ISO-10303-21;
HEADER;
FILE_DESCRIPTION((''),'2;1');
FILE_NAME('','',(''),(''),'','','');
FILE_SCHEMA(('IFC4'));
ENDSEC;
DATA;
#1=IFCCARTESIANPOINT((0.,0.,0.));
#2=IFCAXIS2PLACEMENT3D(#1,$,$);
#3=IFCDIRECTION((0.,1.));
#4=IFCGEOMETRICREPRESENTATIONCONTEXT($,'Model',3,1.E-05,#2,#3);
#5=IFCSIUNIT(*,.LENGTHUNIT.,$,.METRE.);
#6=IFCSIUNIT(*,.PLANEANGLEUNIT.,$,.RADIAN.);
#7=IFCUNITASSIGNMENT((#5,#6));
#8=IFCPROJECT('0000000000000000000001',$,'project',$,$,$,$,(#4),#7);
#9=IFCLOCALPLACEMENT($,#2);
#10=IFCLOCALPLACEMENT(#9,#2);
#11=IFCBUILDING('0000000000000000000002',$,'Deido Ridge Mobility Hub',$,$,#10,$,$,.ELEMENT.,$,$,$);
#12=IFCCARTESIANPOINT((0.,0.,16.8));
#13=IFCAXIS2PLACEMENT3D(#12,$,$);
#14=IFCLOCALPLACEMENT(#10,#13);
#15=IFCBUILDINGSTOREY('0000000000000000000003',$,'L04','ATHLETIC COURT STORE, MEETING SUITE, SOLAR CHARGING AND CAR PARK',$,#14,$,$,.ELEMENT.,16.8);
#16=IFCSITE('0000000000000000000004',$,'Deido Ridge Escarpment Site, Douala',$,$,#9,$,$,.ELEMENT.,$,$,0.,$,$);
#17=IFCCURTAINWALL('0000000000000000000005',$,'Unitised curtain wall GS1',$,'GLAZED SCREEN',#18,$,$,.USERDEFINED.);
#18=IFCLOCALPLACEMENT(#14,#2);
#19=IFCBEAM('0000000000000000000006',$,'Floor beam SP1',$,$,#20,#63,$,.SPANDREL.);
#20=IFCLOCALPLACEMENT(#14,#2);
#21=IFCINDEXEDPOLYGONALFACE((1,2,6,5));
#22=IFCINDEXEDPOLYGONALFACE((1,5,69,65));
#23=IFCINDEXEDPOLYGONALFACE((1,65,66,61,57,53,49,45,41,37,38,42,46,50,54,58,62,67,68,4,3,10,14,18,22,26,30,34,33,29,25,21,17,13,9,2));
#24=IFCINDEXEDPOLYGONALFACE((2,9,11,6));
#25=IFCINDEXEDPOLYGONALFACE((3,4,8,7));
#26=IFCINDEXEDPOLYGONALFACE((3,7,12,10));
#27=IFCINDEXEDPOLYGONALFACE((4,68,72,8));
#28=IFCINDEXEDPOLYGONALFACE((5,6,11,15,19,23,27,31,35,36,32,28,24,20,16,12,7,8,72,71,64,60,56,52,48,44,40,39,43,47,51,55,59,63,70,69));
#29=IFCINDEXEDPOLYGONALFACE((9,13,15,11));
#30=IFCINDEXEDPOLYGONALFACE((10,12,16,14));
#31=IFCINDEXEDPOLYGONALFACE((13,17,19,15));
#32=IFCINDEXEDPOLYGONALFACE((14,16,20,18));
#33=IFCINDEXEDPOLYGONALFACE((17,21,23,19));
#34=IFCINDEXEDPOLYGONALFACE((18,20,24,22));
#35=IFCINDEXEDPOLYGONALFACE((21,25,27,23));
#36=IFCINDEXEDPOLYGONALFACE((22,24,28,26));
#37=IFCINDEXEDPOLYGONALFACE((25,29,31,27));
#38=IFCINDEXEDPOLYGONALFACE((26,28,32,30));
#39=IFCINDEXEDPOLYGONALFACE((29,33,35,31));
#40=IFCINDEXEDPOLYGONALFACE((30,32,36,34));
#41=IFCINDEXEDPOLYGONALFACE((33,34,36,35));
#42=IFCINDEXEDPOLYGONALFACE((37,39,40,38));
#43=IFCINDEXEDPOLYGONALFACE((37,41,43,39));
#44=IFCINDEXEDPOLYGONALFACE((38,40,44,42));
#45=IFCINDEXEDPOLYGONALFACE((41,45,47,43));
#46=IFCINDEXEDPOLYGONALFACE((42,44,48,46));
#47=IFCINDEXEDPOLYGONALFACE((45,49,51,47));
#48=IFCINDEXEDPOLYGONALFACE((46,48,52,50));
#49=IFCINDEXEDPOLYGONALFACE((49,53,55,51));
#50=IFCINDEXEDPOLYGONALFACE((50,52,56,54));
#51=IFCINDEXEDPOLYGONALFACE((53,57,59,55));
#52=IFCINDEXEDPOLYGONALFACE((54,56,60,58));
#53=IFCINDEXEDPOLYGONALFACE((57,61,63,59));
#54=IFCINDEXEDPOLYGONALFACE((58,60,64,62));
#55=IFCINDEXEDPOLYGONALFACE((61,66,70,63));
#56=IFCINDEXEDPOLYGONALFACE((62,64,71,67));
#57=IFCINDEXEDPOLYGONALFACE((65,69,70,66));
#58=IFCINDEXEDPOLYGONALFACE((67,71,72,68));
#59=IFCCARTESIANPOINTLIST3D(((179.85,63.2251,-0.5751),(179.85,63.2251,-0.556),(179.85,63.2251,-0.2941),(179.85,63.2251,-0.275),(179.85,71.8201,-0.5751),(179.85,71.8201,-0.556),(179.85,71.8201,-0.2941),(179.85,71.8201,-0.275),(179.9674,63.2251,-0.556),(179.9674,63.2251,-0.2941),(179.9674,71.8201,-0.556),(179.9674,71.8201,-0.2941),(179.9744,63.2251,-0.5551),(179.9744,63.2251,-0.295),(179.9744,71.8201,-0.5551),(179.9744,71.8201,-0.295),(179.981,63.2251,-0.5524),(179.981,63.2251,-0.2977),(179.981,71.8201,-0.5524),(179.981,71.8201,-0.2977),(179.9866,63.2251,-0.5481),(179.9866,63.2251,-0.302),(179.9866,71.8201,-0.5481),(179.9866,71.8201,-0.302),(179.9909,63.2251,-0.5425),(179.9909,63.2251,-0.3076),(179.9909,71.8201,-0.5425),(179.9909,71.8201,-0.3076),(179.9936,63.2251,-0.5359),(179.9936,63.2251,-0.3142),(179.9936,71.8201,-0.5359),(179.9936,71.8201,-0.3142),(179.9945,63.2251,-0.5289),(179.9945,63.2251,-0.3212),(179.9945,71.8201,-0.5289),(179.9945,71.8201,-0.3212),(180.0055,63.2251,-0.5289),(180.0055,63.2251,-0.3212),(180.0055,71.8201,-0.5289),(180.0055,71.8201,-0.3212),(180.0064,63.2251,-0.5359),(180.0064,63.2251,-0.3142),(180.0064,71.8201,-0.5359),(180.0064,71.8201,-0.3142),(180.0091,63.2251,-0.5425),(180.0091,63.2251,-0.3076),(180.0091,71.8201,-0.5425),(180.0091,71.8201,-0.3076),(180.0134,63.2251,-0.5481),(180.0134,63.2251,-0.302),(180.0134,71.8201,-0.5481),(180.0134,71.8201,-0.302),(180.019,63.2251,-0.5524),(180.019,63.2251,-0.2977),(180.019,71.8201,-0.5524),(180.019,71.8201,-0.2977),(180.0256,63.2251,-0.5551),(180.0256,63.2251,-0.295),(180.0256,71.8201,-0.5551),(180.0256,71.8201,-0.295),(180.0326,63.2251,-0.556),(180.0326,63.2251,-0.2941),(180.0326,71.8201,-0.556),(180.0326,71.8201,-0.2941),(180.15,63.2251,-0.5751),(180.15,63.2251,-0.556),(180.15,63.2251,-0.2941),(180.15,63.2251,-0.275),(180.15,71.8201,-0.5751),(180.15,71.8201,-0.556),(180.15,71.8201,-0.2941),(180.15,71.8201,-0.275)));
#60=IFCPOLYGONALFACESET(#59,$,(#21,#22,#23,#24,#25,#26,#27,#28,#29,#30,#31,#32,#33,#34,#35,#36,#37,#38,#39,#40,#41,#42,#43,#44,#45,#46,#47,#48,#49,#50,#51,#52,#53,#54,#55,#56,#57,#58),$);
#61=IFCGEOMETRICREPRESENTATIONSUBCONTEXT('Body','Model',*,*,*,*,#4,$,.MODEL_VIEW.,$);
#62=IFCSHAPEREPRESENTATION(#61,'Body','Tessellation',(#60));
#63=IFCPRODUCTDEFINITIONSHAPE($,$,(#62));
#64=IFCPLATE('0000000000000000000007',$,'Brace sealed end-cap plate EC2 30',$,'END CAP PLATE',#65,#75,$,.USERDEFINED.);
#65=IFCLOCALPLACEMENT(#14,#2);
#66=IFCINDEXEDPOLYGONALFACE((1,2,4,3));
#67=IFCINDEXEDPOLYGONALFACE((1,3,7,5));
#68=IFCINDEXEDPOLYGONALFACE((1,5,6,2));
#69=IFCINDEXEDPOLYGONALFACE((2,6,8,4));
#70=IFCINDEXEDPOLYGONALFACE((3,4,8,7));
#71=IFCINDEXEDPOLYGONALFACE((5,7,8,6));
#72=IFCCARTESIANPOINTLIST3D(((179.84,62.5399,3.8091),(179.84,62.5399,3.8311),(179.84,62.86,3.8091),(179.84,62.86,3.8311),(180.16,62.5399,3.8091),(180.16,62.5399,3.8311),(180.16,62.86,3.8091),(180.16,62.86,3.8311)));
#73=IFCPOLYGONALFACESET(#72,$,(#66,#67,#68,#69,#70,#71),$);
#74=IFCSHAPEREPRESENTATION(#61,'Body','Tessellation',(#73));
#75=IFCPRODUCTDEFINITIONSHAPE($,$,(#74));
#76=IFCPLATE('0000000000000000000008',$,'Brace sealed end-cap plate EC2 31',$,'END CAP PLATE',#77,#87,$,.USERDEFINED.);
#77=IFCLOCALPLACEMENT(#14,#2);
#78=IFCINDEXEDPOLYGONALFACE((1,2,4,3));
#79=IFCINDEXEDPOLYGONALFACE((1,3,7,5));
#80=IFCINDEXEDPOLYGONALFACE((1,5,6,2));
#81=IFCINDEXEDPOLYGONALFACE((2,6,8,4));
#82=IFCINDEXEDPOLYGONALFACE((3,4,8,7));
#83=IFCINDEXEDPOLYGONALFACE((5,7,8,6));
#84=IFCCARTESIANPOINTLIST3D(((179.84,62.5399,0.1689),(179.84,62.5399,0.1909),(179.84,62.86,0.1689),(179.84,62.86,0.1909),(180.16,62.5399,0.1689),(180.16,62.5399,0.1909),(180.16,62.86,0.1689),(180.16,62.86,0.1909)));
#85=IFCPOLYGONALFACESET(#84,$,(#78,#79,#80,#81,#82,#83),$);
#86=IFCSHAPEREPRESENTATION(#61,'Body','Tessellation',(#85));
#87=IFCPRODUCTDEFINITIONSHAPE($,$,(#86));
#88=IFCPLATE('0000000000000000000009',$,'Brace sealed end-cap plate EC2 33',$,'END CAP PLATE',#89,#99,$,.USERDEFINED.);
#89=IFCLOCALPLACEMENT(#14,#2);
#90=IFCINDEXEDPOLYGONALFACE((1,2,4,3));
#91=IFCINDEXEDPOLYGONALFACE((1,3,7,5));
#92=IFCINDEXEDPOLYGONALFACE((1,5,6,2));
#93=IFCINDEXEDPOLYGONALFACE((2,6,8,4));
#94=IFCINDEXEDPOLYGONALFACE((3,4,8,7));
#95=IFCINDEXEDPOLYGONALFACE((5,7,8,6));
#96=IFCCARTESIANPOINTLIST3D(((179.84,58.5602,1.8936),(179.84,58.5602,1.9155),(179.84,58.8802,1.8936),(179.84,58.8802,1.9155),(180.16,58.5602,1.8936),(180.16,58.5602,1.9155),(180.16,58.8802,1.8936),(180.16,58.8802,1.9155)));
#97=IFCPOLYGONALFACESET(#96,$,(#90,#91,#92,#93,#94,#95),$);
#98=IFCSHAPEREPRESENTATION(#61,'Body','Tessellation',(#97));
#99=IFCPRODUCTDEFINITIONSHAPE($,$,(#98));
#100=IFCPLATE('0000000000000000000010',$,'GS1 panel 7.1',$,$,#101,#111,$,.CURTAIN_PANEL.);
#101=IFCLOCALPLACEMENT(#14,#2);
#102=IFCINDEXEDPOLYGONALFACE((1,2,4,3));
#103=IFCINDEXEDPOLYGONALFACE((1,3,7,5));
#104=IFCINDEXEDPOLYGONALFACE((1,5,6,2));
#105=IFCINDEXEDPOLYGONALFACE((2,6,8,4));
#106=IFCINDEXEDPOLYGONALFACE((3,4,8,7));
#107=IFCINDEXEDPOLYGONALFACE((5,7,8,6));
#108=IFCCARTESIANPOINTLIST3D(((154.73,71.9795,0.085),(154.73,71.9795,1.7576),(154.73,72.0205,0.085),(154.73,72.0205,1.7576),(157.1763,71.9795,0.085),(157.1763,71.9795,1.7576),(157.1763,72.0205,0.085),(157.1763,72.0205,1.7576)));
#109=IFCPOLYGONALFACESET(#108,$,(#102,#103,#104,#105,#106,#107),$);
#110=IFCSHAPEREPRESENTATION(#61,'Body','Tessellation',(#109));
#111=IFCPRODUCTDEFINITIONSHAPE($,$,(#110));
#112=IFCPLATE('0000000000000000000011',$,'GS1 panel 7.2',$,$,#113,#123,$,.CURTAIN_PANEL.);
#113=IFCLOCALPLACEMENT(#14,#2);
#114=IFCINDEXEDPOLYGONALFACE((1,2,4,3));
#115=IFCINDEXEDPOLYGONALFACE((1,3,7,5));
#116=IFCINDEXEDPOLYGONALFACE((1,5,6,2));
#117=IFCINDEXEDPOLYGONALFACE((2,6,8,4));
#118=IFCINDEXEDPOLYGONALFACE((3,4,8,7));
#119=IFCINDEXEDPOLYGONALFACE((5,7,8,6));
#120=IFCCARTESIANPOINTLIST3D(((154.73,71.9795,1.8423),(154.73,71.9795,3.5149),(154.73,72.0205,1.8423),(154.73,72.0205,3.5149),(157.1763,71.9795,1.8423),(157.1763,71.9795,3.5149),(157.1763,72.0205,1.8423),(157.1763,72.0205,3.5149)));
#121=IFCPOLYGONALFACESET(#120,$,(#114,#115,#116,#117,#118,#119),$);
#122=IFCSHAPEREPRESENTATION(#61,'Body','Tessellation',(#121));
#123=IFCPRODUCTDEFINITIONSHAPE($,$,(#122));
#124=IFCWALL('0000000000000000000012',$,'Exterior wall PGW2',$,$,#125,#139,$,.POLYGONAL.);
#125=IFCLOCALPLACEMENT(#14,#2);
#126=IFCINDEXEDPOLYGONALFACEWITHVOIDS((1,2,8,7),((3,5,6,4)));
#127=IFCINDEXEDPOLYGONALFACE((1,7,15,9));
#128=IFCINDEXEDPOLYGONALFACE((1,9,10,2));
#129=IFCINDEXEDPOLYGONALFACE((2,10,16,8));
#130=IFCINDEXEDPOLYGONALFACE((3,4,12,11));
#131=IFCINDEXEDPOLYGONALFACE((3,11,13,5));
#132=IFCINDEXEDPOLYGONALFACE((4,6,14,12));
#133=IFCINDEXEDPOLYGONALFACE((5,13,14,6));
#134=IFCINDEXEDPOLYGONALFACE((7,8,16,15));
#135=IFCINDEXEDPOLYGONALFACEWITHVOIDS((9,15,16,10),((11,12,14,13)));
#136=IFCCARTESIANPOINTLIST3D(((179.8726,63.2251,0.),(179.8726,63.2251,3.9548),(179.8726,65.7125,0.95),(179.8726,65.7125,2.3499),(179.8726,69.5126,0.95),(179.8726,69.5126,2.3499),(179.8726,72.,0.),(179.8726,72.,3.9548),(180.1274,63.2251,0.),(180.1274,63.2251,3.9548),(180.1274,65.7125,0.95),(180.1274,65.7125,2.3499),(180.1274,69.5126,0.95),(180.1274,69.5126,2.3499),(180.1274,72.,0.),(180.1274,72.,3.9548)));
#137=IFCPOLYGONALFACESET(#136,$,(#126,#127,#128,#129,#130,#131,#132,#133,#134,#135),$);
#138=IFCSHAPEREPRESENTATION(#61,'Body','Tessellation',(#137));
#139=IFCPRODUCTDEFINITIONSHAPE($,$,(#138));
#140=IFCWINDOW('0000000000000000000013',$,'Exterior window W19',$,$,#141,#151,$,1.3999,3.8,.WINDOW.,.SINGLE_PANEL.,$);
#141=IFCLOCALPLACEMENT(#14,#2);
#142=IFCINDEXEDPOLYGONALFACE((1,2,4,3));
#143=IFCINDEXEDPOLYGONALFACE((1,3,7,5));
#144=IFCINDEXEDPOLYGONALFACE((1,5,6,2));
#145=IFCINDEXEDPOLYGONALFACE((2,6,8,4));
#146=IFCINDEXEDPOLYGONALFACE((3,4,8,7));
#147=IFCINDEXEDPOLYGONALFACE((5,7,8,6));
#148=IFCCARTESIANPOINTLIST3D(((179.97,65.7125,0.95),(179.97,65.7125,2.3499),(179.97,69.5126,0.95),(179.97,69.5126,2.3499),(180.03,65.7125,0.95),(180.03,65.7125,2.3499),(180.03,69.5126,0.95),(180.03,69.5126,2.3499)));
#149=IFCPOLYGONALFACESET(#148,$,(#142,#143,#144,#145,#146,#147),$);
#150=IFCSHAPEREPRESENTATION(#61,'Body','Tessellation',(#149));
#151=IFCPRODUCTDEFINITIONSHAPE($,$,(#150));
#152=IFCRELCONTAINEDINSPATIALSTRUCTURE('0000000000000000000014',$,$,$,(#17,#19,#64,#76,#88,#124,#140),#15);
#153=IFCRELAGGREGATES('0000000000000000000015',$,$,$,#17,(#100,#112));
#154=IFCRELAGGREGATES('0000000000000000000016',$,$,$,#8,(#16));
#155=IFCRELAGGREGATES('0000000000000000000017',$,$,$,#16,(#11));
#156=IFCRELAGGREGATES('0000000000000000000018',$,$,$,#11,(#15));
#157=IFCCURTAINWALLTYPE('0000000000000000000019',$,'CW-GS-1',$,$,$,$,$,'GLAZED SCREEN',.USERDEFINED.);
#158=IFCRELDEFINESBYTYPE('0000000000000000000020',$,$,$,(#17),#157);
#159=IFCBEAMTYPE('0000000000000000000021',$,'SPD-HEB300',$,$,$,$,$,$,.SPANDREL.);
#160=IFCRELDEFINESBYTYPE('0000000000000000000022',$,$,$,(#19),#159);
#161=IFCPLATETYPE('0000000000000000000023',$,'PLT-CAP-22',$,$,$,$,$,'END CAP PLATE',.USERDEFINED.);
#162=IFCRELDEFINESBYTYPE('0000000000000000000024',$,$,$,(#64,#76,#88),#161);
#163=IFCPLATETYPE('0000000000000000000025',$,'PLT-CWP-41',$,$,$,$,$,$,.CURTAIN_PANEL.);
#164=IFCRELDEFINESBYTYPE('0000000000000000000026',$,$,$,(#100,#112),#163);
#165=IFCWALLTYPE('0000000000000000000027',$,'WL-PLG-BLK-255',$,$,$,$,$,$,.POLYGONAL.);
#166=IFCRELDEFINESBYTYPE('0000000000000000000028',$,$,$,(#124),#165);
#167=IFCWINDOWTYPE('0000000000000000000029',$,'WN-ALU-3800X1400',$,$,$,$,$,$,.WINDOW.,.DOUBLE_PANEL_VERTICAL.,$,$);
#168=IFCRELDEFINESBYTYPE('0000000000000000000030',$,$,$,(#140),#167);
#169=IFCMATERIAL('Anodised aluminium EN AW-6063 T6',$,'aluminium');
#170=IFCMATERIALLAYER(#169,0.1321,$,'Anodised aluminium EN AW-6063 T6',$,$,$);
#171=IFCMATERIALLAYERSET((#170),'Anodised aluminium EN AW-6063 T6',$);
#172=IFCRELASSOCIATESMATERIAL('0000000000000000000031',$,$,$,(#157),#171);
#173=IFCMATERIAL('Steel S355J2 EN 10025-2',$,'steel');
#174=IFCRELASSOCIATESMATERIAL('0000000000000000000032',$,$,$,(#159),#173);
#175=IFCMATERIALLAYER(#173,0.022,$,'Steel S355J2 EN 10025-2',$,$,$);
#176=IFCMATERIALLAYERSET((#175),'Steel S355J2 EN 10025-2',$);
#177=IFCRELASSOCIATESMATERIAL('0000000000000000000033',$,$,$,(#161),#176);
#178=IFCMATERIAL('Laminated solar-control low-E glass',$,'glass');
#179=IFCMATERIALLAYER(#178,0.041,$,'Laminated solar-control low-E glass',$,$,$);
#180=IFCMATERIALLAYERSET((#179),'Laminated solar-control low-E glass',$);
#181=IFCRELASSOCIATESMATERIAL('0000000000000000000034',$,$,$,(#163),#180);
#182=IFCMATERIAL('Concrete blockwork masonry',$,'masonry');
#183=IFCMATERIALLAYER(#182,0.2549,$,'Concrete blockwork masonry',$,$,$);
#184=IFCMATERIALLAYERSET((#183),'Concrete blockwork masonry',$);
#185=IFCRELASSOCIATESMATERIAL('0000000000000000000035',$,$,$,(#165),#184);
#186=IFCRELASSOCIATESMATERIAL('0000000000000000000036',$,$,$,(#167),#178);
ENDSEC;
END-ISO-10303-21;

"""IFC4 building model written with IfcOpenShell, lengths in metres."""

from ifc_helpers import new_model, si_unit, direction, frame, frame_2d, origin, origin_2d, place, context, subcontext, project, spatial, rectangle, i_section, extrude, material, layer, layer_set, material_profile, profile_set, type_object, element, fill, aggregate, save


model = new_model("IFC4")

# Units and contexts
model_context = context("Model", 3, precision=1e-05, world=origin(), true_north=direction((0.0, 1.0)))
body_context = subcontext(model_context, "Body", "Model", "MODEL_VIEW")
ifc_project = project(units=[si_unit("LENGTHUNIT", "METRE"), si_unit("PLANEANGLEUNIT", "RADIAN")], contexts=[model_context])

# Site, building, storey
site_placement = place(None, origin())
site = spatial("IfcSite", under=ifc_project, at=site_placement, Name="Deido Ridge Escarpment Site, Douala", CompositionType="ELEMENT", RefElevation=0.0)
building_placement = place(site_placement, origin())
building = spatial("IfcBuilding", under=site, at=building_placement, Name="Deido Ridge Mobility Hub", CompositionType="ELEMENT")
storey_placement = place(building_placement, frame((0.0, 0.0, 16.8)))
storey = spatial("IfcBuildingStorey", under=building, at=storey_placement, Name="L04", Description="ATHLETIC COURT STORE, MEETING SUITE, SOLAR CHARGING AND CAR PARK", CompositionType="ELEMENT", Elevation=16.8)

# Shared definitions
ifc_material_1 = material(Name="Steel S355J2 EN 10025-2", Category="steel")

# Curtain wall
ifc_material_2 = material(Name="Anodised aluminium EN AW-6063 T6", Category="aluminium")
ifc_layer_1 = layer(ifc_material_2, 0.1321, Name="Anodised aluminium EN AW-6063 T6")
ifc_layer_set_1 = layer_set([ifc_layer_1], Name="Anodised aluminium EN AW-6063 T6")
curtain_wall_type = type_object("IfcCurtainWallType", Name="CW-GS-1", ElementType="GLAZED SCREEN", PredefinedType="USERDEFINED", material=ifc_layer_set_1)
curtain_wall_placement = place(storey_placement, origin())
curtain_wall = element("IfcCurtainWall", 1, at=curtain_wall_placement, inside=storey, type_object=curtain_wall_type, Name="Unitised curtain wall GS1", ObjectType="GLAZED SCREEN", PredefinedType="USERDEFINED")

# Beam
ifc_material_profile_1 = material_profile(ifc_material_1, i_section(OverallWidth=0.3, OverallDepth=0.3, WebThickness=0.011, FlangeThickness=0.019, FilletRadius=0.0271, at=origin_2d()), Name="HEB 300")
ifc_profile_set_1 = profile_set([ifc_material_profile_1], Name="Steel S355J2 EN 10025-2")
beam_type_1 = type_object("IfcBeamType", Name="SPD-HEB300", PredefinedType="SPANDREL", material=ifc_profile_set_1)
beam_1_placement = place(storey_placement, frame((180.0, 63.2251, -0.425), z_axis=(0.0, 1.0, 0.0), x_axis=(-1.0, 0.0, 0.0)))
element("IfcBeam", 2, at=beam_1_placement, inside=storey, type_object=beam_type_1, Name="Floor beam SP1", PredefinedType="SPANDREL", context=body_context, shape_type="SweptSolid", body=[
    extrude(i_section(OverallWidth=0.3, OverallDepth=0.3, WebThickness=0.011, FlangeThickness=0.019, FilletRadius=0.0271, at=origin_2d()), origin(), (0.0, 0.0, 1.0), 8.595),
])

# Plates
ifc_layer_2 = layer(ifc_material_1, 0.022, Name="Steel S355J2 EN 10025-2")
ifc_layer_set_2 = layer_set([ifc_layer_2], Name="Steel S355J2 EN 10025-2")
plate_type_1 = type_object("IfcPlateType", Name="PLT-CAP-22", ElementType="END CAP PLATE", PredefinedType="USERDEFINED", material=ifc_layer_set_2)
for number, where, z_axis, x_axis, name in (
    (3, (180.0, 62.7, 3.8091), (0.0, 0.0, 1.0), (1.0, 0.0, 0.0), "Brace sealed end-cap plate EC2 30"),
    (4, (180.0, 62.7, 0.1689), (0.0, 0.0, 1.0), (1.0, 0.0, 0.0), "Brace sealed end-cap plate EC2 31"),
    (5, (180.0, 58.7202, 1.8936), (0.0, 0.0, 1.0), (1.0, 0.0, 0.0), "Brace sealed end-cap plate EC2 33"),
):
    element("IfcPlate", number, at=place(storey_placement, frame(where, z_axis=z_axis, x_axis=x_axis)), inside=storey, type_object=plate_type_1, Name=name, ObjectType="END CAP PLATE", PredefinedType="USERDEFINED", context=body_context, shape_type="SweptSolid", body=[
        extrude(rectangle(XDim=0.3201, YDim=0.3201, at=origin_2d()), origin(), (0.0, 0.0, 1.0), 0.022),
    ])

# Plates
ifc_material_3 = material(Name="Laminated solar-control low-E glass", Category="glass")
ifc_layer_3 = layer(ifc_material_3, 0.041, Name="Laminated solar-control low-E glass")
ifc_layer_set_3 = layer_set([ifc_layer_3], Name="Laminated solar-control low-E glass")
plate_type_2 = type_object("IfcPlateType", Name="PLT-CWP-41", PredefinedType="CURTAIN_PANEL", material=ifc_layer_set_3)
plate_1_placement = place(storey_placement, frame((155.9531, 72.0, 0.085), z_axis=(0.0, 0.0, 1.0), x_axis=(1.0, 0.0, 0.0)))
plate_1 = element("IfcPlate", 6, at=plate_1_placement, type_object=plate_type_2, Name="GS1 panel 7.1", PredefinedType="CURTAIN_PANEL", context=body_context, shape_type="SweptSolid", body=[
    extrude(rectangle(XDim=2.4463, YDim=0.041, at=origin_2d()), origin(), (0.0, 0.0, 1.0), 1.6726),
])
plate_2_placement = place(storey_placement, frame((155.9531, 72.0, 1.8423), z_axis=(0.0, 0.0, 1.0), x_axis=(1.0, 0.0, 0.0)))
plate_2 = element("IfcPlate", 7, at=plate_2_placement, type_object=plate_type_2, Name="GS1 panel 7.2", PredefinedType="CURTAIN_PANEL", context=body_context, shape_type="SweptSolid", body=[
    extrude(rectangle(XDim=2.4463, YDim=0.041, at=origin_2d()), origin(), (0.0, 0.0, 1.0), 1.6726),
])
aggregate(curtain_wall, [plate_1, plate_2])

# Wall, opening, window
ifc_material_4 = material(Name="Concrete blockwork masonry", Category="masonry")
ifc_layer_4 = layer(ifc_material_4, 0.2549, Name="Concrete blockwork masonry")
ifc_layer_set_4 = layer_set([ifc_layer_4], Name="Concrete blockwork masonry")
wall_type = type_object("IfcWallType", Name="WL-PLG-BLK-255", PredefinedType="POLYGONAL", material=ifc_layer_set_4)
wall_placement = place(storey_placement, frame((180.0, 63.2251, 0.0), z_axis=(0.0, 0.0, 1.0), x_axis=(0.0, 1.0, 0.0)))
wall = element("IfcWall", 8, at=wall_placement, inside=storey, type_object=wall_type, Name="Exterior wall PGW2", PredefinedType="POLYGONAL", context=body_context, shape_type="SweptSolid", body=[
    extrude(rectangle(XDim=8.7749, YDim=0.2549, at=frame_2d((4.3875, 0.0))), origin(), (0.0, 0.0, 1.0), 3.9548),
])
opening_placement = place(wall_placement, frame((2.4875, 0.0, 0.95)))
opening = element("IfcOpeningElement", 9, at=opening_placement, cuts=wall, PredefinedType="OPENING", context=body_context, shape_type="SweptSolid", body=[
    extrude(rectangle(XDim=3.8, YDim=1.3999, at=frame_2d((1.8999, 0.7))), frame((0.0, 0.1375, 0.0), z_axis=(0.0, -1.0, 0.0), x_axis=(1.0, 0.0, 0.0)), (0.0, 0.0, 1.0), 0.2749),
])
window_type = type_object("IfcWindowType", Name="WN-ALU-3800X1400", PartitioningType="DOUBLE_PANEL_VERTICAL", PredefinedType="WINDOW", material=ifc_material_3)
window_placement = place(opening_placement, origin())
window = element("IfcWindow", 10, at=window_placement, inside=storey, type_object=window_type, Name="Exterior window W19", OverallHeight=1.3999, OverallWidth=3.8, PartitioningType="SINGLE_PANEL", PredefinedType="WINDOW", context=body_context, shape_type="SweptSolid", body=[
    extrude(rectangle(XDim=3.8, YDim=1.3999, at=frame_2d((1.8999, 0.7))), frame((0.0, 0.03, 0.0), z_axis=(0.0, -1.0, 0.0), x_axis=(1.0, 0.0, 0.0)), (0.0, 0.0, 1.0), 0.0601),
])
fill(opening, window)

save(model, "model.ifc")
